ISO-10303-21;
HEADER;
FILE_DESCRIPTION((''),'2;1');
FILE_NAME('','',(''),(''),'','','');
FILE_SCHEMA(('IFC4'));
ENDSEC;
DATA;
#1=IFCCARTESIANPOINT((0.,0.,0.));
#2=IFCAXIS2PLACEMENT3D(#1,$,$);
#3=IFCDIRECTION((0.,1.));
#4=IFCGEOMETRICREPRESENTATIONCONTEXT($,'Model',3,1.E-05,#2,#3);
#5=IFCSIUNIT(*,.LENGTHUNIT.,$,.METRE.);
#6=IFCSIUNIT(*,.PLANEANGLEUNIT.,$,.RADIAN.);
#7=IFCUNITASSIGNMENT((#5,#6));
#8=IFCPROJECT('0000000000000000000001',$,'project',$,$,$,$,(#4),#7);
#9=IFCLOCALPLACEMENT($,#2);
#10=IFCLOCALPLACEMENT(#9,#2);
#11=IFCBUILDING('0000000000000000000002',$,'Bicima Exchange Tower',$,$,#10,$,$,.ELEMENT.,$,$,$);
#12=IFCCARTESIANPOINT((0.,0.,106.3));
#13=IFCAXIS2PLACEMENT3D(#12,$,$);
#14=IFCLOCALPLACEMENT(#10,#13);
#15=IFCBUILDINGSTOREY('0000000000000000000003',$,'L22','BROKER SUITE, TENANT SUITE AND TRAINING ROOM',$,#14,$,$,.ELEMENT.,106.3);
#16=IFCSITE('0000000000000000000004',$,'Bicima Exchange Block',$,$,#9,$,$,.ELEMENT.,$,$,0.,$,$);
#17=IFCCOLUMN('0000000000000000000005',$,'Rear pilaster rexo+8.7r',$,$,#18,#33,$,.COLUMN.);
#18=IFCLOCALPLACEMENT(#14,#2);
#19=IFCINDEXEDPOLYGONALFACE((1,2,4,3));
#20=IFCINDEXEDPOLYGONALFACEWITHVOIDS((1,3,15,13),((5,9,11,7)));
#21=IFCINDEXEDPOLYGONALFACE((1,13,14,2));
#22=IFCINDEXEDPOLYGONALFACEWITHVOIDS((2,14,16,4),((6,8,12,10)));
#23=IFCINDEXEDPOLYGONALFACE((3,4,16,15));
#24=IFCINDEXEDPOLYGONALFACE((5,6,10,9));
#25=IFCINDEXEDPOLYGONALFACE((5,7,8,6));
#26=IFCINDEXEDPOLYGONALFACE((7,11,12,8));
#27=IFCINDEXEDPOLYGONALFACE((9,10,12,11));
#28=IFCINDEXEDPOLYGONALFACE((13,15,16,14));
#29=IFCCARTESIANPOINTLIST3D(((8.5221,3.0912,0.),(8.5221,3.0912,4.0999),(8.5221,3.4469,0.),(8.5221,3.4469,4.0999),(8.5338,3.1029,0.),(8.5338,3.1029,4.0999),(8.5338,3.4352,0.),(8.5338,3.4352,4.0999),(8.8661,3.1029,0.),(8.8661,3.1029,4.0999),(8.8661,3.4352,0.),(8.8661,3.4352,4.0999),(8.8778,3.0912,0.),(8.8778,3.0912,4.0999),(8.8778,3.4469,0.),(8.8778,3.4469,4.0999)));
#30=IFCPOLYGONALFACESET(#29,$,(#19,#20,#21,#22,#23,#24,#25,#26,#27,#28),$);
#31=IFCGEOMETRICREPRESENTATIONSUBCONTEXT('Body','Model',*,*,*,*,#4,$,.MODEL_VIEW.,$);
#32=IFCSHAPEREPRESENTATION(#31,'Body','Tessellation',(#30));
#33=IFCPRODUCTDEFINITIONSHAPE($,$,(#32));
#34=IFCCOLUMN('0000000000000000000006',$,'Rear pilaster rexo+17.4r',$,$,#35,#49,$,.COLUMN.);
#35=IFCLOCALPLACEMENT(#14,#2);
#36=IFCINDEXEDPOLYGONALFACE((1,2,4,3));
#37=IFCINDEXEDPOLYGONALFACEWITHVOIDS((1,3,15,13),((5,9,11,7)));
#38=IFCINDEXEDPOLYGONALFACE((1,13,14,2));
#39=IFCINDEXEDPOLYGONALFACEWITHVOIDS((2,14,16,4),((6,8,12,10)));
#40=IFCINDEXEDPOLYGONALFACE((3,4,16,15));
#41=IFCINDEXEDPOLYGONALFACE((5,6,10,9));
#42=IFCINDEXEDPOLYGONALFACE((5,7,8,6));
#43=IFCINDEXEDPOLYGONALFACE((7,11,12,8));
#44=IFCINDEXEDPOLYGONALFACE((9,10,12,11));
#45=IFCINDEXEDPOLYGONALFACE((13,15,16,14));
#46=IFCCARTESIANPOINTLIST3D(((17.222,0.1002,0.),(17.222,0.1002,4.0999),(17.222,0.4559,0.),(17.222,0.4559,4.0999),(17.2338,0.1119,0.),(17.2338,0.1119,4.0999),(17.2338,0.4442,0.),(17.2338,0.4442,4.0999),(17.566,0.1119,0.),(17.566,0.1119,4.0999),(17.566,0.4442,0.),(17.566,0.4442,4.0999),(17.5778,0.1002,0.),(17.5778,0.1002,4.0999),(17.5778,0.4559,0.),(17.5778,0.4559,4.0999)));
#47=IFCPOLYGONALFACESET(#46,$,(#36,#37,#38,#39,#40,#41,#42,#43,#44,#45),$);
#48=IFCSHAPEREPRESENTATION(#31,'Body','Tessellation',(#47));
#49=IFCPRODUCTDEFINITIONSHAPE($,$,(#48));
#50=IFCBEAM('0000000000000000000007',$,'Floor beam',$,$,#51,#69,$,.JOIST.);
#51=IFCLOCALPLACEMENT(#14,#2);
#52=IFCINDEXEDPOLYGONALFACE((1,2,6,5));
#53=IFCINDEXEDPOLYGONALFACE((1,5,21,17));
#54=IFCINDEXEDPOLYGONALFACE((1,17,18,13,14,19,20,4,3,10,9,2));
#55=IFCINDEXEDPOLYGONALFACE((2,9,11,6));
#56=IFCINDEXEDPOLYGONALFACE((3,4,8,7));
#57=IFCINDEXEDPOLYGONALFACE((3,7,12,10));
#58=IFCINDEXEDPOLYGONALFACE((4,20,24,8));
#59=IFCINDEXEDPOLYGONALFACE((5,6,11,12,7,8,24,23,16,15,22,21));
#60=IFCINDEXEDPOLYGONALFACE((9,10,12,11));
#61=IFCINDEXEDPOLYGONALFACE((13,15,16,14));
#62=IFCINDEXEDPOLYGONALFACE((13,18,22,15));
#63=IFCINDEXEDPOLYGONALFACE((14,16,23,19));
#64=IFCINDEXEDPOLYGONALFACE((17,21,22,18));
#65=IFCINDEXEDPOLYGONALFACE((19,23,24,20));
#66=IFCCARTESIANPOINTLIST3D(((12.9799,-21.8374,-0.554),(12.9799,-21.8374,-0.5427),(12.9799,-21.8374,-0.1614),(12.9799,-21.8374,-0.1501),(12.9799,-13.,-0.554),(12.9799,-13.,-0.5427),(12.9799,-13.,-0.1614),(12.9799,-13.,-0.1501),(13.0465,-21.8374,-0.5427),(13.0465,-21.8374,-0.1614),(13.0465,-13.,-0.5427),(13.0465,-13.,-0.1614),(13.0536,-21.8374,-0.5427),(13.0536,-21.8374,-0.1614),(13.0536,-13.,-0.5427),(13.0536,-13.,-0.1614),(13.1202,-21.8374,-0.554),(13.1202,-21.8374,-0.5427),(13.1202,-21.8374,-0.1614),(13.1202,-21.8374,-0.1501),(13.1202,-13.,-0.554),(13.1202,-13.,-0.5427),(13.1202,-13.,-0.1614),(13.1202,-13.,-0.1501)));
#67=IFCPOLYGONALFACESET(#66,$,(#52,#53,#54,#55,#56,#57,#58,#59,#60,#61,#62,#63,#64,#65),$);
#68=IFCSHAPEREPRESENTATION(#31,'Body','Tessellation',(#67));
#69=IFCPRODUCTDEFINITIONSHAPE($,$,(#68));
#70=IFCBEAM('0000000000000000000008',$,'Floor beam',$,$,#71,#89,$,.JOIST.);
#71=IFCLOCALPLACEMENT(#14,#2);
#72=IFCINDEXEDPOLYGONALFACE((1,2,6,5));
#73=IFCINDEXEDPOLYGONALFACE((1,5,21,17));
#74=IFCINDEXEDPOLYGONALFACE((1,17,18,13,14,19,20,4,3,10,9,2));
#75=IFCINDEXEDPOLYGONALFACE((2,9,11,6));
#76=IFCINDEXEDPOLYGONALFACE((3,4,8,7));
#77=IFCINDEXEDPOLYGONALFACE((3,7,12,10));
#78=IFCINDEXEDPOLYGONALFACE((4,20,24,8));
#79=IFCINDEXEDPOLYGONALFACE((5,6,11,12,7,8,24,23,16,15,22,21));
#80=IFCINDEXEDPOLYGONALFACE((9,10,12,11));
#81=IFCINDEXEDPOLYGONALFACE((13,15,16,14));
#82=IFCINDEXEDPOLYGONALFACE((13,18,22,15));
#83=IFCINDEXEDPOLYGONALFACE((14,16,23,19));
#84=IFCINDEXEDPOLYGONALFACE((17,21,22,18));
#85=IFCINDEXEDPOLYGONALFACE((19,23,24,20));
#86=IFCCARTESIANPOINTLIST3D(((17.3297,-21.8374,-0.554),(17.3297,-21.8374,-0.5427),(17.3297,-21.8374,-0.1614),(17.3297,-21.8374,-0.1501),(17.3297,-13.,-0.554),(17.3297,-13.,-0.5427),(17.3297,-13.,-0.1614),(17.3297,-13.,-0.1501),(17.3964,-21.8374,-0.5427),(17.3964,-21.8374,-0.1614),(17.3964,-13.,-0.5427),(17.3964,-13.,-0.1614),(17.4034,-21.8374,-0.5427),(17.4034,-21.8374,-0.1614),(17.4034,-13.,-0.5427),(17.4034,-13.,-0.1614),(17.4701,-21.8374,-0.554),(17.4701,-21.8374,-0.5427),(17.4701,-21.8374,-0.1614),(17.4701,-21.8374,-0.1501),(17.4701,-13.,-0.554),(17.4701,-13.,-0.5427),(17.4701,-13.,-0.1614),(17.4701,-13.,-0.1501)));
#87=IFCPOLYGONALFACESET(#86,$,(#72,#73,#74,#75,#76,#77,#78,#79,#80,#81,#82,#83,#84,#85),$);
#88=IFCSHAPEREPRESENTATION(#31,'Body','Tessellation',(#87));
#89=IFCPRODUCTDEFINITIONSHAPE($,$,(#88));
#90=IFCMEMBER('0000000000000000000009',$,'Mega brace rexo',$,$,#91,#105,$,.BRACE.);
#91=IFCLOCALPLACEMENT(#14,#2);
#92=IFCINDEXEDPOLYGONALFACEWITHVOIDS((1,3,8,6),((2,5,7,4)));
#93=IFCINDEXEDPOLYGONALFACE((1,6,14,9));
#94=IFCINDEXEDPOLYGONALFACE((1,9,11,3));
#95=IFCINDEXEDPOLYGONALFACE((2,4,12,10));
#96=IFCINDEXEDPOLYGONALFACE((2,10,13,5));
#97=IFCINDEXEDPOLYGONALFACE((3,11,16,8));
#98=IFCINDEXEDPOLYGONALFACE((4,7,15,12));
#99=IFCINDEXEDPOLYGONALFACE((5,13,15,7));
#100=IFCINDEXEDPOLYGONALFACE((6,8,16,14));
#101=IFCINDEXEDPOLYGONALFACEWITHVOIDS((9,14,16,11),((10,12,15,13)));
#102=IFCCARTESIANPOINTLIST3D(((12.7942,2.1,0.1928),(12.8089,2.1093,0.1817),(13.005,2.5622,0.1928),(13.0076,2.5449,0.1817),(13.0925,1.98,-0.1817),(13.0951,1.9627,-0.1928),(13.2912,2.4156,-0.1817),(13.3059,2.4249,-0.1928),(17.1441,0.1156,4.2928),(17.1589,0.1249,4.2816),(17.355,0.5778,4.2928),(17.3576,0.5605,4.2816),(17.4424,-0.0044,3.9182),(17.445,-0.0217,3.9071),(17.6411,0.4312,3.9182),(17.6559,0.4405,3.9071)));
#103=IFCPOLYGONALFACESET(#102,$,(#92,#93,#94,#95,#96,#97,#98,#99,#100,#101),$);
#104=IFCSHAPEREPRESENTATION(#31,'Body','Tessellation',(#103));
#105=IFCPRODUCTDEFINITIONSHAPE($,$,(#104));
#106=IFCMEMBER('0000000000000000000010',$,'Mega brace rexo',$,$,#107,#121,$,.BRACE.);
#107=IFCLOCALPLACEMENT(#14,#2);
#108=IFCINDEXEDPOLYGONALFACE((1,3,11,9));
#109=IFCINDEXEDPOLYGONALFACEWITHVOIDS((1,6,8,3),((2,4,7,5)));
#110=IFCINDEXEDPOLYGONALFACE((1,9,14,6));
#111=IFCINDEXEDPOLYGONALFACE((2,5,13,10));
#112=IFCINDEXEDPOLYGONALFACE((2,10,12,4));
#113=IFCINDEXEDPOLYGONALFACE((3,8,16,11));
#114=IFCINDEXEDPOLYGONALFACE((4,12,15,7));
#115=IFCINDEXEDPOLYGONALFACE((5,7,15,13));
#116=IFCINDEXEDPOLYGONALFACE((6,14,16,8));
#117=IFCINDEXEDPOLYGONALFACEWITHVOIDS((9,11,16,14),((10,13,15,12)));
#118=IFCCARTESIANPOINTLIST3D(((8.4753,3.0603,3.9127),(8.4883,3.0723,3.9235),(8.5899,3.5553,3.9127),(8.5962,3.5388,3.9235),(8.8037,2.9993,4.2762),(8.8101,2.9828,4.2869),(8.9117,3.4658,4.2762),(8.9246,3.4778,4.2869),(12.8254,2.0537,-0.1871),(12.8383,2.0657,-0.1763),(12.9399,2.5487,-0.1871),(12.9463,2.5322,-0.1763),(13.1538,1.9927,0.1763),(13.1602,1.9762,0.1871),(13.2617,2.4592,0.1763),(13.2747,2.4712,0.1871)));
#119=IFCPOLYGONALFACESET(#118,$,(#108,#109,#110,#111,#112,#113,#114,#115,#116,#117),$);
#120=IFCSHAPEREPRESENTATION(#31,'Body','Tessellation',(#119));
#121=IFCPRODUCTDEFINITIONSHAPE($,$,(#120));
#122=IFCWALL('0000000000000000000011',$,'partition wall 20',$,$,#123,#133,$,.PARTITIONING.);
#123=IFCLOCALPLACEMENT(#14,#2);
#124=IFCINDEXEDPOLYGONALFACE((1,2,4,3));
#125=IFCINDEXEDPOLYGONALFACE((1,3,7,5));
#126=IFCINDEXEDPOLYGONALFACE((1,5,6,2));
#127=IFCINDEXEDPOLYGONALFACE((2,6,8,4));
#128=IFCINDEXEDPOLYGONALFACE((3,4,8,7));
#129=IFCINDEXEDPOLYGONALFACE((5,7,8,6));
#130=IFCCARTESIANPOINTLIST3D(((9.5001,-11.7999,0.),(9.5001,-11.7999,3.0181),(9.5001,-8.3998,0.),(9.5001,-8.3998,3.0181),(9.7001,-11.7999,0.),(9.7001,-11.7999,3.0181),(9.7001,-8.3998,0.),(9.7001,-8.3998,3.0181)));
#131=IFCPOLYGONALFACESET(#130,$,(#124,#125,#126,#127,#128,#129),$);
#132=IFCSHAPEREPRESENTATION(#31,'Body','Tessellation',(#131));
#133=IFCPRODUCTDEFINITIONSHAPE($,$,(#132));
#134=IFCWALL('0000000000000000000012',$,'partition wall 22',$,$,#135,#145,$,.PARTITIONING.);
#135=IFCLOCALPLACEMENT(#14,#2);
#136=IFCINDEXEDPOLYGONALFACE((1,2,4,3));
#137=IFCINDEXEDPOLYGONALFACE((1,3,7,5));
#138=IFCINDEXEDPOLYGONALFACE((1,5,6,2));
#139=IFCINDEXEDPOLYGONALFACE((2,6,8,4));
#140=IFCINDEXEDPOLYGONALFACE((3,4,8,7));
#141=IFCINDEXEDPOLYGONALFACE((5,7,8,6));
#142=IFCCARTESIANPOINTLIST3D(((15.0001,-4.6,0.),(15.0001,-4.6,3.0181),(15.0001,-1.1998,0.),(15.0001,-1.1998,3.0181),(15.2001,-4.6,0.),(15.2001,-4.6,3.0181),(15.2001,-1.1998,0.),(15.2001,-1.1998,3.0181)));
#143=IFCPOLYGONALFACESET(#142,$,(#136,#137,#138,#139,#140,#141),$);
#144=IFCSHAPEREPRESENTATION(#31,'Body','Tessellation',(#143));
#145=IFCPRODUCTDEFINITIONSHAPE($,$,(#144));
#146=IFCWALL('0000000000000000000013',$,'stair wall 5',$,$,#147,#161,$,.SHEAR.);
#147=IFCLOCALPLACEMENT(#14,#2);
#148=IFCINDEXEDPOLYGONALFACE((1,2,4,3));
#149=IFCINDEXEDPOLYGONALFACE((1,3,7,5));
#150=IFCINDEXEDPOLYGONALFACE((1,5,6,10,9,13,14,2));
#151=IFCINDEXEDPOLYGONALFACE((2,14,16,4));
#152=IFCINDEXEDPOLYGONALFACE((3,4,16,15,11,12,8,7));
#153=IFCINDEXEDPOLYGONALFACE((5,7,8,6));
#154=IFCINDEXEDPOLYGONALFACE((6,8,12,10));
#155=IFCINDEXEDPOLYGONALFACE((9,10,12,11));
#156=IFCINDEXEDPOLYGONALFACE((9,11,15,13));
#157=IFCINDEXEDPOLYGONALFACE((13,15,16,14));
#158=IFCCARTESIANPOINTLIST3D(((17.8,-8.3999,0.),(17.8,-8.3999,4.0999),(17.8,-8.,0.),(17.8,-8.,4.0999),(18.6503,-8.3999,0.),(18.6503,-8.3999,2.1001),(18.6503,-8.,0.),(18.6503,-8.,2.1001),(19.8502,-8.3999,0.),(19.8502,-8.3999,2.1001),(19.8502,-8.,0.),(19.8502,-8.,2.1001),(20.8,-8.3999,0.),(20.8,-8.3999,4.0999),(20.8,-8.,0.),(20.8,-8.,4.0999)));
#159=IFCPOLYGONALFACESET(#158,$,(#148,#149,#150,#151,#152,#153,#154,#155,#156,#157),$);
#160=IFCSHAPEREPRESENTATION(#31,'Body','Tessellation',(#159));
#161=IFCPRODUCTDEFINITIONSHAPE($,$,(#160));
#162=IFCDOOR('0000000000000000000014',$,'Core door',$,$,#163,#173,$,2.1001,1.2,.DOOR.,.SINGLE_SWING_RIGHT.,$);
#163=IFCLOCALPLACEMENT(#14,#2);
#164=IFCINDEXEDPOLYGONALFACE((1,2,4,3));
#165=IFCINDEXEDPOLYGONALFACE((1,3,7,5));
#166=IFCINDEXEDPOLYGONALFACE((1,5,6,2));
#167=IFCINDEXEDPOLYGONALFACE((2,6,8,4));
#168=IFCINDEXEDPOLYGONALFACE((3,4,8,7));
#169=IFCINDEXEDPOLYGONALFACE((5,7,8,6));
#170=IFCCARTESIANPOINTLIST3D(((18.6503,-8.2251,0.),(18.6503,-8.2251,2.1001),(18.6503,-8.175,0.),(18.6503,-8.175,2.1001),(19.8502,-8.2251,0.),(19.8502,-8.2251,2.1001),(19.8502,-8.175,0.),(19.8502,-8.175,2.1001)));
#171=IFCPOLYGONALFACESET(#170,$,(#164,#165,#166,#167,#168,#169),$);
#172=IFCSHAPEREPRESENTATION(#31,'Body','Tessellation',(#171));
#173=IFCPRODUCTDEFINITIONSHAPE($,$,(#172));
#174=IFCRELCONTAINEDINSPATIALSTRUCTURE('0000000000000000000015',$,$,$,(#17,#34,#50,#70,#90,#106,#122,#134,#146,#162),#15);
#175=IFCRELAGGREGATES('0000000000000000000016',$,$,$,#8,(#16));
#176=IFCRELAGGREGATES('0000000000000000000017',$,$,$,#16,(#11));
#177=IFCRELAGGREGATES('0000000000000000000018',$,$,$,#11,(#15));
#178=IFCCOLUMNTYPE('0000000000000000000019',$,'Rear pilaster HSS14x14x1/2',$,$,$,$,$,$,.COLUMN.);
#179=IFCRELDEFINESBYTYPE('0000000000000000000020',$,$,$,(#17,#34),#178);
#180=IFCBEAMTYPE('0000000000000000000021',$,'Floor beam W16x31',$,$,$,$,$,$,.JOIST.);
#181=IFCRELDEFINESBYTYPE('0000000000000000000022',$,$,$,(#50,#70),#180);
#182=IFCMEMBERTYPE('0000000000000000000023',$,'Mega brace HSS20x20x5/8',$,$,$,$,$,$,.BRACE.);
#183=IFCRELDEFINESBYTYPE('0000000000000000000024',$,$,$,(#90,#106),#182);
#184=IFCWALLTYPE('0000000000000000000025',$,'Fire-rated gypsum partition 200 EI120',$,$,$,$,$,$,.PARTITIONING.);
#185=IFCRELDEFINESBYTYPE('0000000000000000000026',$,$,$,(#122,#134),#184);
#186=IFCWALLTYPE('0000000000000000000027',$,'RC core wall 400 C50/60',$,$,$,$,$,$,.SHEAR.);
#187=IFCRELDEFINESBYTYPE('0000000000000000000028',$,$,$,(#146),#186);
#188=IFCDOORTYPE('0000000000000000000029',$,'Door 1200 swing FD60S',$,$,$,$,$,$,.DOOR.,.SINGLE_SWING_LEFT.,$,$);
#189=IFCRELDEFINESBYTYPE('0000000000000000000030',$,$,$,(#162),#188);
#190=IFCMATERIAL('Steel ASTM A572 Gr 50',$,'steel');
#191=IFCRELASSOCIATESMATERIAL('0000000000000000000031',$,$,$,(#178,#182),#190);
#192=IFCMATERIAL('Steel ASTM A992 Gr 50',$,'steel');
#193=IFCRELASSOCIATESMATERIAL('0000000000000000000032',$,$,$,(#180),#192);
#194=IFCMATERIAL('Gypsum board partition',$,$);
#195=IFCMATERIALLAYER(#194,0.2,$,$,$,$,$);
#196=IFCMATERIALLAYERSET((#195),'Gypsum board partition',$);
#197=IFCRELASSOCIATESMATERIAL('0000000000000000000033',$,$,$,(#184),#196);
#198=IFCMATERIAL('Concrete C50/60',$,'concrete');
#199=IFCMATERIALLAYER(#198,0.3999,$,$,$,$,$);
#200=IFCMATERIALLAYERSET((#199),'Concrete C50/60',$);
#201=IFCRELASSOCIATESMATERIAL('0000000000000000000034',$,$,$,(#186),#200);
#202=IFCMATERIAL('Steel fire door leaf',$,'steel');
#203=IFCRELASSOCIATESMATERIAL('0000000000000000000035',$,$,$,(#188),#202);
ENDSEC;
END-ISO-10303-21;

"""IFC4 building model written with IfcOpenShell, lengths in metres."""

from ifc_helpers import new_model, si_unit, direction, frame, frame_2d, origin, origin_2d, place, context, subcontext, project, spatial, rectangle, hollow_rectangle, i_section, extrude, material, layer, layer_set, material_profile, profile_set, type_object, element, fill, save


model = new_model("IFC4")

# Units and contexts
model_context = context("Model", 3, precision=1e-05, world=origin(), true_north=direction((0.0, 1.0)))
body_context = subcontext(model_context, "Body", "Model", "MODEL_VIEW")
ifc_project = project(units=[si_unit("LENGTHUNIT", "METRE"), si_unit("PLANEANGLEUNIT", "RADIAN")], contexts=[model_context])

# Site, building, storey
site_placement = place(None, origin())
site = spatial("IfcSite", under=ifc_project, at=site_placement, Name="Bicima Exchange Block", CompositionType="ELEMENT", RefElevation=0.0)
building_placement = place(site_placement, origin())
building = spatial("IfcBuilding", under=site, at=building_placement, Name="Bicima Exchange Tower", CompositionType="ELEMENT")
storey_placement = place(building_placement, frame((0.0, 0.0, 106.3)))
storey = spatial("IfcBuildingStorey", under=building, at=storey_placement, Name="L22", Description="BROKER SUITE, TENANT SUITE AND TRAINING ROOM", CompositionType="ELEMENT", Elevation=106.3)

# Columns
ifc_material_1 = material(Name="Steel ASTM A572 Gr 50", Category="steel")
ifc_material_profile_1 = material_profile(ifc_material_1, hollow_rectangle(XDim=0.3557, YDim=0.3557, WallThickness=0.0117, at=origin_2d()))
ifc_profile_set_1 = profile_set([ifc_material_profile_1], Name="Steel ASTM A572 Gr 50")
column_type = type_object("IfcColumnType", Name="Rear pilaster HSS14x14x1/2", PredefinedType="COLUMN", material=ifc_profile_set_1)
for number, where, z_axis, x_axis, name in (
    (1, (8.7, 3.269, 0.0), (0.0, 0.0, 1.0), (1.0, 0.0, 0.0), "Rear pilaster rexo+8.7r"),
    (2, (17.3999, 0.2781, 0.0), (0.0, 0.0, 1.0), (1.0, 0.0, 0.0), "Rear pilaster rexo+17.4r"),
):
    element("IfcColumn", number, at=place(storey_placement, frame(where, z_axis=z_axis, x_axis=x_axis)), inside=storey, type_object=column_type, Name=name, PredefinedType="COLUMN", context=body_context, shape_type="SweptSolid", body=[
        extrude(hollow_rectangle(XDim=0.3557, YDim=0.3557, WallThickness=0.0117, at=origin_2d()), origin(), (0.0, 0.0, 1.0), 4.0999),
    ])

# Beams
ifc_material_2 = material(Name="Steel ASTM A992 Gr 50", Category="steel")
ifc_material_profile_2 = material_profile(ifc_material_2, i_section(OverallWidth=0.1404, OverallDepth=0.4038, WebThickness=0.0071, FlangeThickness=0.0112, at=origin_2d()))
ifc_profile_set_2 = profile_set([ifc_material_profile_2], Name="Steel ASTM A992 Gr 50")
beam_type = type_object("IfcBeamType", Name="Floor beam W16x31", PredefinedType="JOIST", material=ifc_profile_set_2)
for number, where, z_axis, x_axis, name in (
    (3, (13.05, -13.0, -0.3521), (0.0, -1.0, 0.0), (1.0, 0.0, 0.0), "Floor beam"),
    (4, (17.3999, -13.0, -0.3521), (0.0, -1.0, 0.0), (1.0, 0.0, 0.0), "Floor beam"),
):
    element("IfcBeam", number, at=place(storey_placement, frame(where, z_axis=z_axis, x_axis=x_axis)), inside=storey, type_object=beam_type, Name=name, PredefinedType="JOIST", context=body_context, shape_type="SweptSolid", body=[
        extrude(i_section(OverallWidth=0.1404, OverallDepth=0.4038, WebThickness=0.0071, FlangeThickness=0.0112, at=origin_2d()), origin(), (0.0, 0.0, 1.0), 8.8374),
    ])

# Members
ifc_material_profile_3 = material_profile(ifc_material_1, hollow_rectangle(XDim=0.5081, YDim=0.5081, WallThickness=0.0146, at=origin_2d()))
ifc_profile_set_3 = profile_set([ifc_material_profile_3], Name="Steel ASTM A572 Gr 50")
member_type = type_object("IfcMemberType", Name="Mega brace HSS20x20x5/8", PredefinedType="BRACE", material=ifc_profile_set_3)
member_1_placement = place(storey_placement, frame((13.05, 2.2625, 0.0), z_axis=(0.690646, -0.315068, 0.650953), x_axis=(0.415045, 0.909801, 0.0)))
element("IfcMember", 5, at=member_1_placement, inside=storey, type_object=member_type, Name="Mega brace rexo", PredefinedType="BRACE", context=body_context, shape_type="SweptSolid", body=[
    extrude(hollow_rectangle(XDim=0.5081, YDim=0.5081, WallThickness=0.0146, at=origin_2d()), origin(), (0.0, 0.0, 1.0), 6.2983),
])
member_2_placement = place(storey_placement, frame((13.05, 2.2625, 0.0), z_axis=(-0.717625, 0.166055, 0.676343), x_axis=(-0.225439, -0.974257, 0.0)))
element("IfcMember", 6, at=member_2_placement, inside=storey, type_object=member_type, Name="Mega brace rexo", PredefinedType="BRACE", context=body_context, shape_type="SweptSolid", body=[
    extrude(hollow_rectangle(XDim=0.5081, YDim=0.5081, WallThickness=0.0146, at=origin_2d()), origin(), (0.0, 0.0, 1.0), 6.0618),
])

# Walls
ifc_material_3 = material(Name="Gypsum board partition")
ifc_layer_1 = layer(ifc_material_3, 0.2)
ifc_layer_set_1 = layer_set([ifc_layer_1], Name="Gypsum board partition")
wall_type_1 = type_object("IfcWallType", Name="Fire-rated gypsum partition 200 EI120", PredefinedType="PARTITIONING", material=ifc_layer_set_1)
for number, where, z_axis, x_axis, name in (
    (7, (9.6001, -11.8, 0.0), (0.0, 0.0, 1.0), (0.0, 1.0, 0.0), "partition wall 20"),
    (8, (15.1001, -4.6001, 0.0), (0.0, 0.0, 1.0), (0.0, 1.0, 0.0), "partition wall 22"),
):
    element("IfcWall", number, at=place(storey_placement, frame(where, z_axis=z_axis, x_axis=x_axis)), inside=storey, type_object=wall_type_1, Name=name, PredefinedType="PARTITIONING", context=body_context, shape_type="SweptSolid", body=[
        extrude(rectangle(XDim=3.4001, YDim=0.2, at=frame_2d((1.7002, 0.0))), origin(), (0.0, 0.0, 1.0), 3.0181),
    ])

# Wall, opening, door
ifc_material_4 = material(Name="Concrete C50/60", Category="concrete")
ifc_layer_2 = layer(ifc_material_4, 0.3999)
ifc_layer_set_2 = layer_set([ifc_layer_2], Name="Concrete C50/60")
wall_type_2 = type_object("IfcWallType", Name="RC core wall 400 C50/60", PredefinedType="SHEAR", material=ifc_layer_set_2)
wall_1_placement = place(storey_placement, frame((17.8, -8.2, 0.0), z_axis=(0.0, 0.0, 1.0), x_axis=(1.0, 0.0, 0.0)))
wall_1 = element("IfcWall", 9, at=wall_1_placement, inside=storey, type_object=wall_type_2, Name="stair wall 5", PredefinedType="SHEAR", context=body_context, shape_type="SweptSolid", body=[
    extrude(rectangle(XDim=3.0, YDim=0.3999, at=frame_2d((1.5, 0.0))), origin(), (0.0, 0.0, 1.0), 4.0999),
])
opening_1_placement = place(wall_1_placement, frame((0.8501, 0.0, 0.0)))
opening_1 = element("IfcOpeningElement", 10, at=opening_1_placement, cuts=wall_1, PredefinedType="OPENING", context=body_context, shape_type="SweptSolid", body=[
    extrude(rectangle(XDim=1.2, YDim=2.1001, at=frame_2d((0.6001, 1.05))), frame((0.0, 0.2119, 0.0), z_axis=(0.0, -1.0, 0.0), x_axis=(1.0, 0.0, 0.0)), (0.0, 0.0, 1.0), 0.4238),
])
ifc_material_5 = material(Name="Steel fire door leaf", Category="steel")
door_type_1 = type_object("IfcDoorType", Name="Door 1200 swing FD60S", OperationType="SINGLE_SWING_LEFT", PredefinedType="DOOR", material=ifc_material_5)
door_1_placement = place(opening_1_placement, origin())
door_1 = element("IfcDoor", 11, at=door_1_placement, inside=storey, type_object=door_type_1, Name="Core door", OperationType="SINGLE_SWING_RIGHT", OverallHeight=2.1001, OverallWidth=1.2, PredefinedType="DOOR", context=body_context, shape_type="SweptSolid", body=[
    extrude(rectangle(XDim=1.2, YDim=2.1001, at=frame_2d((0.6001, 1.05))), frame((0.0, 0.0249, 0.0), z_axis=(0.0, -1.0, 0.0), x_axis=(1.0, 0.0, 0.0)), (0.0, 0.0, 1.0), 0.05),
])
fill(opening_1, door_1)

save(model, "model.ifc")
